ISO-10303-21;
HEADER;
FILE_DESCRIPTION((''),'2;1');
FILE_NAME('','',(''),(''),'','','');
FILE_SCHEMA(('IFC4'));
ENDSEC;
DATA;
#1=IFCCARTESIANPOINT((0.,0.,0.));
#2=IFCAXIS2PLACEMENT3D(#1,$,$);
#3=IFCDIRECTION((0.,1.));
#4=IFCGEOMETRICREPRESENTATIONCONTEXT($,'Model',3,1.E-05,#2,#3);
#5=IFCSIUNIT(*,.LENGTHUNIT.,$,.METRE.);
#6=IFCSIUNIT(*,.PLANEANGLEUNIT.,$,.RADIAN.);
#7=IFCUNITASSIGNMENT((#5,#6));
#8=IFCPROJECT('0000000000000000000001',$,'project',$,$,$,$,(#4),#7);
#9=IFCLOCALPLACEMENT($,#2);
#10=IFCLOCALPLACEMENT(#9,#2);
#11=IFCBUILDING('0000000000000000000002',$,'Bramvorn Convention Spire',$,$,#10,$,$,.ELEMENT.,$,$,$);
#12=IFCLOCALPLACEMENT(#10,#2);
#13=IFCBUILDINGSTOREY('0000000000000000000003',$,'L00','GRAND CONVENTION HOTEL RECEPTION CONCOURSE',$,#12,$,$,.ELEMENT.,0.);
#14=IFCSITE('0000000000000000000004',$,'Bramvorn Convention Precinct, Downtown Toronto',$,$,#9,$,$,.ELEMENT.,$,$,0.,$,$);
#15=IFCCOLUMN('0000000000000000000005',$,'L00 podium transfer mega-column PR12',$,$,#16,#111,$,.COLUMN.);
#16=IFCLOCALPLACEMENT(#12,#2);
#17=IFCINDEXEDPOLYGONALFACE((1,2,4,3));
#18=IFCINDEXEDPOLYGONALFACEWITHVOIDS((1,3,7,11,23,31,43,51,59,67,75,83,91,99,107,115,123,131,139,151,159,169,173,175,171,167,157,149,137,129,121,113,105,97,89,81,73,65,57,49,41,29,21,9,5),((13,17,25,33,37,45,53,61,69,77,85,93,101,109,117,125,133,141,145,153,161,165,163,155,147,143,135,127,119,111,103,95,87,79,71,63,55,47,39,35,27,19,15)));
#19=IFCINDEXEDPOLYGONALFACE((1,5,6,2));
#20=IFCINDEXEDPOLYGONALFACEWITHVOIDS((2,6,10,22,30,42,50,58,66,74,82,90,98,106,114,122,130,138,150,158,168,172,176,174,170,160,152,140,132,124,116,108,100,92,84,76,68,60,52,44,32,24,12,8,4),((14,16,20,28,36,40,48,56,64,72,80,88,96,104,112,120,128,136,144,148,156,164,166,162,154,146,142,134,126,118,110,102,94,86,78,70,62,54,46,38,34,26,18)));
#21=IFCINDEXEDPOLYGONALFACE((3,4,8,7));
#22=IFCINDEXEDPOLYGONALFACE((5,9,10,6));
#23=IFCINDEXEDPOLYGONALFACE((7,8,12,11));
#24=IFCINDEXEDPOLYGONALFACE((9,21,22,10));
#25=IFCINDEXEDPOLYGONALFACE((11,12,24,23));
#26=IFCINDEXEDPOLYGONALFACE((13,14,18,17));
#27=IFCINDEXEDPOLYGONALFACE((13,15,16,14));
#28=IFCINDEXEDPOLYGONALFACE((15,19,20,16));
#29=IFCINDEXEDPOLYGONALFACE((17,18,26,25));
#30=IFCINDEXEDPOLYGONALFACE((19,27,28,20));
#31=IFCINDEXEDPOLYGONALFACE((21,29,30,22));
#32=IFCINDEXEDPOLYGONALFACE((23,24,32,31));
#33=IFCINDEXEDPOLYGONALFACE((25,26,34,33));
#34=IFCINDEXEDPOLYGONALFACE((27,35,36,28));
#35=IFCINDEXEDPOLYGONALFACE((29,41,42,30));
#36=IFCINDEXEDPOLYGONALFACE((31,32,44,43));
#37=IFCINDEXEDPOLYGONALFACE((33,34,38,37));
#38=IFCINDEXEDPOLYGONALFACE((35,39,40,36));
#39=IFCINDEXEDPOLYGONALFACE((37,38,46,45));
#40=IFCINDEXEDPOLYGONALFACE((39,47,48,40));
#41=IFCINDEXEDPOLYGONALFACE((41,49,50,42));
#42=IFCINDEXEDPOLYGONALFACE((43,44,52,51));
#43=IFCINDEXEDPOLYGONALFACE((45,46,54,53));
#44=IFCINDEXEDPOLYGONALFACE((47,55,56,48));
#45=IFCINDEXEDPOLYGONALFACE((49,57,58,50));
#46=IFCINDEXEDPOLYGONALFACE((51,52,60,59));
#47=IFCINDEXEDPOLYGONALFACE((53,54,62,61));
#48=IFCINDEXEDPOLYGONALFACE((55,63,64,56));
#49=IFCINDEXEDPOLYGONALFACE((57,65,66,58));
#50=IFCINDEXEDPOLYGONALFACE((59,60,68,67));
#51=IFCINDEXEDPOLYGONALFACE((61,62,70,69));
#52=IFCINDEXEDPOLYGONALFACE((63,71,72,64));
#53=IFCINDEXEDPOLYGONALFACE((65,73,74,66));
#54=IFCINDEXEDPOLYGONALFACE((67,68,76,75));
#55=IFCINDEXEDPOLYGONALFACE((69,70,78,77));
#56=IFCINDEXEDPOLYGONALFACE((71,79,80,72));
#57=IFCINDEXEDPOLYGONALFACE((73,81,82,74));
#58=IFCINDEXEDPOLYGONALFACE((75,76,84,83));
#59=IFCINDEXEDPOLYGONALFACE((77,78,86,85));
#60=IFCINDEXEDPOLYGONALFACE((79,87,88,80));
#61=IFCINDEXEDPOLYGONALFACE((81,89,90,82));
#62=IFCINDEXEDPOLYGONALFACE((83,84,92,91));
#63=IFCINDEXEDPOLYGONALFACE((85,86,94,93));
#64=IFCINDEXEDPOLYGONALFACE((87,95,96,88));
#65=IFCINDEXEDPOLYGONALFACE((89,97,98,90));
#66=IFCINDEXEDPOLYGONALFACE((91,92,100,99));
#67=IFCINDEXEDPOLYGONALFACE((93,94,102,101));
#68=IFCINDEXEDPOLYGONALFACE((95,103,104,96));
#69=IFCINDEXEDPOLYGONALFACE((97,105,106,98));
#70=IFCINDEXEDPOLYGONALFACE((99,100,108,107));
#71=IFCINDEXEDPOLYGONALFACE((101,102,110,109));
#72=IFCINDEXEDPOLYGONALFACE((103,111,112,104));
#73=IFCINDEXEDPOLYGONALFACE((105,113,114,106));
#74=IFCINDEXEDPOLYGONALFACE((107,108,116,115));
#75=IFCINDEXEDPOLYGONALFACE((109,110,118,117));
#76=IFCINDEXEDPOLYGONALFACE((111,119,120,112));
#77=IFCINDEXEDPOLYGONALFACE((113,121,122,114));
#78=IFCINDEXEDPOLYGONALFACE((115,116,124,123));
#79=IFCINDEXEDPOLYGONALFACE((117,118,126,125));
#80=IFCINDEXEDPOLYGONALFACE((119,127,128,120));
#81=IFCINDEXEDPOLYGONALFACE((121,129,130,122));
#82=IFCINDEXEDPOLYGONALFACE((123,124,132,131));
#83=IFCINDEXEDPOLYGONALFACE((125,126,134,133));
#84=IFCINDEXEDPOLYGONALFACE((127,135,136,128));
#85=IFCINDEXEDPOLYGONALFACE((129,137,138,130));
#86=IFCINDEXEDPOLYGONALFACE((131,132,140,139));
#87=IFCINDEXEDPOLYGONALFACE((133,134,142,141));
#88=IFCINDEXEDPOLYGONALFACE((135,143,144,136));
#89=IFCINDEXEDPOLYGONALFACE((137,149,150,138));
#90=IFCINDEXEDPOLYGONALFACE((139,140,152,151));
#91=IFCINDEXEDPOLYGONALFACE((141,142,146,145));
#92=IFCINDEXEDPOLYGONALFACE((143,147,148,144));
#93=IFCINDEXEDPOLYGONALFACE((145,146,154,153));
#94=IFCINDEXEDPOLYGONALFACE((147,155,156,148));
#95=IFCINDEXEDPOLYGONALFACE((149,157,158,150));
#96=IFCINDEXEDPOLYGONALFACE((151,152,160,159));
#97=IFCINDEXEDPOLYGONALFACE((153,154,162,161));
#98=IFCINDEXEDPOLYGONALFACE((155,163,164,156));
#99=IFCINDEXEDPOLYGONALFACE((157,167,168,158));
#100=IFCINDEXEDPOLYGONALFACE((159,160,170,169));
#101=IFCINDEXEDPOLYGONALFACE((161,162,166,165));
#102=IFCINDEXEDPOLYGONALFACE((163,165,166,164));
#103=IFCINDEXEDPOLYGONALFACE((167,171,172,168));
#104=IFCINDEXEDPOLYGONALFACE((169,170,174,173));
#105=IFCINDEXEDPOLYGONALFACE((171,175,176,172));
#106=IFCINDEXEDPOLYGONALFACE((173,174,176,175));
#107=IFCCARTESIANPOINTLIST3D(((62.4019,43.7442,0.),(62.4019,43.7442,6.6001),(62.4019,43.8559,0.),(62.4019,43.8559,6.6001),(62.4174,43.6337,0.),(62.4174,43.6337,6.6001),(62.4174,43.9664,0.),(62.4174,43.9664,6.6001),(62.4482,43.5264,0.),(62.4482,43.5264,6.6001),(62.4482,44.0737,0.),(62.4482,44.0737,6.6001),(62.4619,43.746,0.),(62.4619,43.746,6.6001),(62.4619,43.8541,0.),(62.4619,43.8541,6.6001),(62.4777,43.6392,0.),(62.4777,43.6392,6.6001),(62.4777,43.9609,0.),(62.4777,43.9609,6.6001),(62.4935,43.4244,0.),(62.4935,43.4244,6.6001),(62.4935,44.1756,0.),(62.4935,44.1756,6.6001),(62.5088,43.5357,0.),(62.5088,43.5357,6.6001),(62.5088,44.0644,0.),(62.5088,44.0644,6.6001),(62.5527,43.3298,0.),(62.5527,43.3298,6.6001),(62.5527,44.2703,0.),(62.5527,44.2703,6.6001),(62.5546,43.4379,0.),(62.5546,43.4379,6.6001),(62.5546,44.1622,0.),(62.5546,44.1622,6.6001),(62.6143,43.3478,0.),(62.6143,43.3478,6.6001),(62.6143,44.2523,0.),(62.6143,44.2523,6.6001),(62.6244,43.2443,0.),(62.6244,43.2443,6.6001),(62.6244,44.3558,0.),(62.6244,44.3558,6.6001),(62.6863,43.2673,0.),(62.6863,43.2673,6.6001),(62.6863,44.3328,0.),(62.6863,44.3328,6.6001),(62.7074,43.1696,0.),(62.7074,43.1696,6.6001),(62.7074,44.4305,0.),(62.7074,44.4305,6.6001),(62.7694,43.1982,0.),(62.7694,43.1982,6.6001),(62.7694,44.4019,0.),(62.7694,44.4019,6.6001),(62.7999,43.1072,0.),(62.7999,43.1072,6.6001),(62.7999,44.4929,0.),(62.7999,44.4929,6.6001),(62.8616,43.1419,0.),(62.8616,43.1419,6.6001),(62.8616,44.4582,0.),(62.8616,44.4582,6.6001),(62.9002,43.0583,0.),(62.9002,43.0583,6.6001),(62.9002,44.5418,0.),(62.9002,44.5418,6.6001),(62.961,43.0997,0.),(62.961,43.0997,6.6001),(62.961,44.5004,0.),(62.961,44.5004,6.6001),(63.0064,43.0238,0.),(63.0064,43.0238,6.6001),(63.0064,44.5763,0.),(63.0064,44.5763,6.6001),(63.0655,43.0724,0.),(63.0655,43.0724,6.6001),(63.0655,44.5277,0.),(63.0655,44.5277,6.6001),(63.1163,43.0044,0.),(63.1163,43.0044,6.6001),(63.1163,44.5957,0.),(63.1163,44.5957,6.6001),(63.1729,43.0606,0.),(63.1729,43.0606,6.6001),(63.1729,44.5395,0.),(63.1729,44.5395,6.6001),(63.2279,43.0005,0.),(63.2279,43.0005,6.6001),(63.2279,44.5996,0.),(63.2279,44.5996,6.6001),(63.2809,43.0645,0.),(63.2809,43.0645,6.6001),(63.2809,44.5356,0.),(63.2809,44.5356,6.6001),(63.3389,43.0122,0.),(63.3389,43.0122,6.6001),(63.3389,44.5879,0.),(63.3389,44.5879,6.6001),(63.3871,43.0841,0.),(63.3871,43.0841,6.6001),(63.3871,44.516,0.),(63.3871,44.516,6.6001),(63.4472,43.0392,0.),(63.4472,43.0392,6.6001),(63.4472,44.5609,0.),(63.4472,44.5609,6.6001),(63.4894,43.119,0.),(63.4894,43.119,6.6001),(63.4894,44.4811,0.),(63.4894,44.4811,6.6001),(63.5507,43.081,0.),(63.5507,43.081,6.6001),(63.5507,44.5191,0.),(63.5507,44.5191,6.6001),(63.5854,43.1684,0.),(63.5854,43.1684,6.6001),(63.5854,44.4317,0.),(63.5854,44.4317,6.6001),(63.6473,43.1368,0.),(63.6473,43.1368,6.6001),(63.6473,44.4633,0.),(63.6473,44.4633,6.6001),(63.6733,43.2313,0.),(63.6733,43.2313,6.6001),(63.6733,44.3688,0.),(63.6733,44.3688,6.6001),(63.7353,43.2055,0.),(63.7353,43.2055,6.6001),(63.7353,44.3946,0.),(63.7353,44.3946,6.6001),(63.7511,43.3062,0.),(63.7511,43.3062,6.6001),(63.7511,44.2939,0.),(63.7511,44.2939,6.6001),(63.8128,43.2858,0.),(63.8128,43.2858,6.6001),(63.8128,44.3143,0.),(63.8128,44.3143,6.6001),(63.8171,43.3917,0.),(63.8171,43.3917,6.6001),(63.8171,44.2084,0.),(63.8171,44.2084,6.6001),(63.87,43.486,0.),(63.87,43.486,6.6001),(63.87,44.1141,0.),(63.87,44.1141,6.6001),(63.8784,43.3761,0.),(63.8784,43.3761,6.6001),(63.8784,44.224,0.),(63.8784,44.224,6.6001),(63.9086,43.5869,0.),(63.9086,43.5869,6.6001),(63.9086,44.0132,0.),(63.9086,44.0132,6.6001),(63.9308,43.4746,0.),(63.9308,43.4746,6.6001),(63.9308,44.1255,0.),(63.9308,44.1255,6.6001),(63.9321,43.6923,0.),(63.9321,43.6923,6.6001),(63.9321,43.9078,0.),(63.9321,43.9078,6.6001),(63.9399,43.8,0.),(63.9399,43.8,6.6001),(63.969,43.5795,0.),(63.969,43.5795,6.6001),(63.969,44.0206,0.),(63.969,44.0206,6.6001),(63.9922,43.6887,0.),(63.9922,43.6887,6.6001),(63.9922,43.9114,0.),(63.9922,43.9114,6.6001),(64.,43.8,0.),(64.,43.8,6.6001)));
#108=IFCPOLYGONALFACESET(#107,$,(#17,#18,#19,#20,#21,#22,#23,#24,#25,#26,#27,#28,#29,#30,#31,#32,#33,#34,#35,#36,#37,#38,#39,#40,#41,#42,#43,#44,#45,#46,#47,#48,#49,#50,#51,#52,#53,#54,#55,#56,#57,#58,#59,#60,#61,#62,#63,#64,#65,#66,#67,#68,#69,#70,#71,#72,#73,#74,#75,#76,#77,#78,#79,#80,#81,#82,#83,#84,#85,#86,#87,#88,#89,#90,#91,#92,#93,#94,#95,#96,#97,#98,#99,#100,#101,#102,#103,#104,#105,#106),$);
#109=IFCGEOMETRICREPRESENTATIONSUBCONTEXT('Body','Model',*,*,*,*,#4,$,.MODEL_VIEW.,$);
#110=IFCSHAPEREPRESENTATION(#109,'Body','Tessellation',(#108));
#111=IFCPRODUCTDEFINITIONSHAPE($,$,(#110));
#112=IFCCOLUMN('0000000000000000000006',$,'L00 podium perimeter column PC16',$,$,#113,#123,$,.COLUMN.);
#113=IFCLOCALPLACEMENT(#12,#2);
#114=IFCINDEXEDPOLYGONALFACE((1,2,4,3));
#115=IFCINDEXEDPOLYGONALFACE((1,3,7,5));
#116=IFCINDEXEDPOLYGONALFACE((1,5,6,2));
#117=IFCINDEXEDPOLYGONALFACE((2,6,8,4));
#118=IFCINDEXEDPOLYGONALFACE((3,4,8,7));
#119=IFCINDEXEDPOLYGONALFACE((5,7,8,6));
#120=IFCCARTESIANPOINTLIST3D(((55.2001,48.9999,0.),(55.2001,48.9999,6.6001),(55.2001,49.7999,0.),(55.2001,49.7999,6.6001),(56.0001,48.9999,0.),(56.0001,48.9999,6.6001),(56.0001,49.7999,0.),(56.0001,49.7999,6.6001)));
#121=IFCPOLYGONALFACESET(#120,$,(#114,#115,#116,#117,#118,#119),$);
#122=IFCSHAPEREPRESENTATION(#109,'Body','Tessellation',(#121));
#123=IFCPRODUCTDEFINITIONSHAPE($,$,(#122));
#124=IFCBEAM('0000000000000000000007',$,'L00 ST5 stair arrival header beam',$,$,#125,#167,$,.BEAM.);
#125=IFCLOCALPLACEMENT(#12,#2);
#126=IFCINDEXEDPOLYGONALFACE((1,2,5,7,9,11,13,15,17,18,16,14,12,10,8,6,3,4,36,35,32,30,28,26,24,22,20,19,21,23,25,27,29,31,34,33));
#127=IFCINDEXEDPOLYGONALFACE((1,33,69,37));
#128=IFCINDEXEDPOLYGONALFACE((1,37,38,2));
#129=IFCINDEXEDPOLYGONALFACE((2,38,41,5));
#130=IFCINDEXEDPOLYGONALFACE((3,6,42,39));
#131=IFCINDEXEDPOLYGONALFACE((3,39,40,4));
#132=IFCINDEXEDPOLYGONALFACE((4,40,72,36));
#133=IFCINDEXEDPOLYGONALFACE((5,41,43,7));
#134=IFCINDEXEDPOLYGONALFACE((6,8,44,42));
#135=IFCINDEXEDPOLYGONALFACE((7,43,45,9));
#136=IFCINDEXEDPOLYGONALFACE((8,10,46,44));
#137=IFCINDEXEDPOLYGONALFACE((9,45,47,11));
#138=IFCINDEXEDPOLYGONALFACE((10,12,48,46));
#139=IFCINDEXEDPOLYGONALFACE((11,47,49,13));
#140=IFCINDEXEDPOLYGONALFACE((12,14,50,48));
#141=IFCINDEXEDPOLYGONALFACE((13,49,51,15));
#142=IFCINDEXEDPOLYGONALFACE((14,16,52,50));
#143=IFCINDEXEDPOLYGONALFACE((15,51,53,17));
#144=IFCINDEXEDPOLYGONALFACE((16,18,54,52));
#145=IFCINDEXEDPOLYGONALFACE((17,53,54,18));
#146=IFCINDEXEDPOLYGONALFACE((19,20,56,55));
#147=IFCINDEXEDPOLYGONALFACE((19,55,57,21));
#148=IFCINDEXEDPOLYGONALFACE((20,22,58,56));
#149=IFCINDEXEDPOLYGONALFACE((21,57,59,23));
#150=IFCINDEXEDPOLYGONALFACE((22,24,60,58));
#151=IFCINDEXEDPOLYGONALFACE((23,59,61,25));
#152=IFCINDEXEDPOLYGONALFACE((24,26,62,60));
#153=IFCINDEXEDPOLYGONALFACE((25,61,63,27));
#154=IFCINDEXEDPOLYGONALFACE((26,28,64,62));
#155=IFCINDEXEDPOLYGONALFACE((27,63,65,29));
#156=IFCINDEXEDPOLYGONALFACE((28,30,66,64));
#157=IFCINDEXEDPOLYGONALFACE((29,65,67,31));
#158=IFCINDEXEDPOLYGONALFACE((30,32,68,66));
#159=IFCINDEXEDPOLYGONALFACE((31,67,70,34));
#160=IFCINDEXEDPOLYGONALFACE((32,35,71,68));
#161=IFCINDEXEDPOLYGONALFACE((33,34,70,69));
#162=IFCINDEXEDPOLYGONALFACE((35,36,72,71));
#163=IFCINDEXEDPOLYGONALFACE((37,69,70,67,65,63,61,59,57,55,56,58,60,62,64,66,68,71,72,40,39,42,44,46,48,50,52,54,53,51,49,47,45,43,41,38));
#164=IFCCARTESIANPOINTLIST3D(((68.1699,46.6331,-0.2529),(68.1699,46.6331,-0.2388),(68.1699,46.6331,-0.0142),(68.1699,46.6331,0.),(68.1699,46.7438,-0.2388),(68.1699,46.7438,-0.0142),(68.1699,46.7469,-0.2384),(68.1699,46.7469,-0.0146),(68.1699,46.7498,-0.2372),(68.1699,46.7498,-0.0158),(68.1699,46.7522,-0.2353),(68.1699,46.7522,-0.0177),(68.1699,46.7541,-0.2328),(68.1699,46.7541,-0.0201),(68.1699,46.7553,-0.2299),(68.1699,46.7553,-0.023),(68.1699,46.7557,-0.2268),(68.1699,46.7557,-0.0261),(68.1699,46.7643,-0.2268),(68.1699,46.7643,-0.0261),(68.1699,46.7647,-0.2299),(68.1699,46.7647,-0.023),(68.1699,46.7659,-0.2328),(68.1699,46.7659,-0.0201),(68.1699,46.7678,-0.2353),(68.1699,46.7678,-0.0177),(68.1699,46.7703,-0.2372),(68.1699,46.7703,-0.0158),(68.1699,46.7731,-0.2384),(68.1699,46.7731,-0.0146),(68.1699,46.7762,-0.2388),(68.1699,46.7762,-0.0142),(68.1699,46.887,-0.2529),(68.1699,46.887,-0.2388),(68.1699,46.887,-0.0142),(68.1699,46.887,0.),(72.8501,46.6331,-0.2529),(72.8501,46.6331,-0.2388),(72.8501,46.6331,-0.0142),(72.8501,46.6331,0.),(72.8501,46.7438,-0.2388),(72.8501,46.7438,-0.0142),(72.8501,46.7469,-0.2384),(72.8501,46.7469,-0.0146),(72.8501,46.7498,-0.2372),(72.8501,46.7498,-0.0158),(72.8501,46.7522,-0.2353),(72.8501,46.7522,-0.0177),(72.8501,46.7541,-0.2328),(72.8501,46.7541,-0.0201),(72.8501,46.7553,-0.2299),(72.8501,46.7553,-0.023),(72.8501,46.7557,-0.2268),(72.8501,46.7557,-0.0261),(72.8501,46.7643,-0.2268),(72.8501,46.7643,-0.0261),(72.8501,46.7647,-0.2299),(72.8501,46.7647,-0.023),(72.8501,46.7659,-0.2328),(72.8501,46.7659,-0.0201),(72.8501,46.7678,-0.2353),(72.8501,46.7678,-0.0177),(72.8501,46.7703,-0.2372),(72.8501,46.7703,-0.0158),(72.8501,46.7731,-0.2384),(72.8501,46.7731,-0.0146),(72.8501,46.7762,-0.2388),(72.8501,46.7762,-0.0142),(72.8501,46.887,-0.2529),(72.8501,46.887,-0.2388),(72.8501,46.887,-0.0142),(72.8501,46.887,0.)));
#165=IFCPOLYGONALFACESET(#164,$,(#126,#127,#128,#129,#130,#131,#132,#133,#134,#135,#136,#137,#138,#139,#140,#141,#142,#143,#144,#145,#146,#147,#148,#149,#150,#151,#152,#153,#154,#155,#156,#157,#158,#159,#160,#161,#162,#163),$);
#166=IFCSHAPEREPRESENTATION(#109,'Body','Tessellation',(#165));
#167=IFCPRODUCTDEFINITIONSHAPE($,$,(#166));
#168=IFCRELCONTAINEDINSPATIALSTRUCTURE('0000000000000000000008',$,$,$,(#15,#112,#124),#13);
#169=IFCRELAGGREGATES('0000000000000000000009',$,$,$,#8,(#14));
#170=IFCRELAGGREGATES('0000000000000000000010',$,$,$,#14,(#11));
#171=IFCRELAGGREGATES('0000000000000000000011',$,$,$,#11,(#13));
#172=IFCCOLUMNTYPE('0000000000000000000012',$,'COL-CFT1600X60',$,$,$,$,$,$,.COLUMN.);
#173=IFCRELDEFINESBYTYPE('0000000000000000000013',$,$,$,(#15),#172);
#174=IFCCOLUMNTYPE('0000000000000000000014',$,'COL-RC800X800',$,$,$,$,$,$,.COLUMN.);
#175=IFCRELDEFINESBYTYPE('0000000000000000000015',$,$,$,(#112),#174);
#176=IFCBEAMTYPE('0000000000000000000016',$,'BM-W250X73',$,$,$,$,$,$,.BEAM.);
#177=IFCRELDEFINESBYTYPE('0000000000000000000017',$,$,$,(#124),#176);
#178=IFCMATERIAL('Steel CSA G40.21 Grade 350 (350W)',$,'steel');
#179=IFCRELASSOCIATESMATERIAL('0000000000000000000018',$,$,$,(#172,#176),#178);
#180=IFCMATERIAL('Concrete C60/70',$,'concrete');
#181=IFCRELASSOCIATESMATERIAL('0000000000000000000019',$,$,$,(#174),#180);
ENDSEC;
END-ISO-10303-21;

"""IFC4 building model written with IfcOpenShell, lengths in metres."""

from ifc_helpers import new_model, si_unit, direction, frame, origin, origin_2d, place, context, subcontext, project, spatial, rectangle, hollow_circle, i_section, extrude, material, material_profile, profile_set, type_object, element, save


model = new_model("IFC4")

# Units and contexts
model_context = context("Model", 3, precision=1e-05, world=origin(), true_north=direction((0.0, 1.0)))
body_context = subcontext(model_context, "Body", "Model", "MODEL_VIEW")
ifc_project = project(units=[si_unit("LENGTHUNIT", "METRE"), si_unit("PLANEANGLEUNIT", "RADIAN")], contexts=[model_context])

# Site, building, storey
site_placement = place(None, origin())
site = spatial("IfcSite", under=ifc_project, at=site_placement, Name="Bramvorn Convention Precinct, Downtown Toronto", CompositionType="ELEMENT", RefElevation=0.0)
building_placement = place(site_placement, origin())
building = spatial("IfcBuilding", under=site, at=building_placement, Name="Bramvorn Convention Spire", CompositionType="ELEMENT")
storey_placement = place(building_placement, origin())
storey = spatial("IfcBuildingStorey", under=building, at=storey_placement, Name="L00", Description="GRAND CONVENTION HOTEL RECEPTION CONCOURSE", CompositionType="ELEMENT", Elevation=0.0)

# Columns
ifc_material_1 = material(Name="Steel CSA G40.21 Grade 350 (350W)", Category="steel")
ifc_material_profile_1 = material_profile(ifc_material_1, hollow_circle(Radius=0.8, WallThickness=0.0601, at=origin_2d()))
ifc_profile_set_1 = profile_set([ifc_material_profile_1], Name="Steel CSA G40.21 Grade 350 (350W) - CFT1600X60")
column_type_1 = type_object("IfcColumnType", Name="COL-CFT1600X60", PredefinedType="COLUMN", material=ifc_profile_set_1)
for number, where, z_axis, x_axis, name in (
    (1, (63.2, 43.8, 0.0), (0.0, 0.0, 1.0), (1.0, 0.0, 0.0), "L00 podium transfer mega-column PR12"),
):
    element("IfcColumn", number, at=place(storey_placement, frame(where, z_axis=z_axis, x_axis=x_axis)), inside=storey, type_object=column_type_1, Name=name, PredefinedType="COLUMN", context=body_context, shape_type="SweptSolid", body=[
        extrude(hollow_circle(Radius=0.8, WallThickness=0.0601, at=origin_2d()), origin(), (0.0, 0.0, 1.0), 6.6001),
    ])
ifc_material_2 = material(Name="Concrete C60/70", Category="concrete")
ifc_material_profile_2 = material_profile(ifc_material_2, rectangle(XDim=0.8, YDim=0.8, at=origin_2d()))
ifc_profile_set_2 = profile_set([ifc_material_profile_2], Name="Concrete C60/70 - RC800X800")
column_type_2 = type_object("IfcColumnType", Name="COL-RC800X800", PredefinedType="COLUMN", material=ifc_profile_set_2)
column_placement = place(storey_placement, frame((55.6001, 49.3999, 0.0), z_axis=(0.0, 0.0, 1.0), x_axis=(1.0, 0.0, 0.0)))
element("IfcColumn", 2, at=column_placement, inside=storey, type_object=column_type_2, Name="L00 podium perimeter column PC16", PredefinedType="COLUMN", context=body_context, shape_type="SweptSolid", body=[
    extrude(rectangle(XDim=0.8, YDim=0.8, at=origin_2d()), origin(), (0.0, 0.0, 1.0), 6.6001),
])

# Beam
ifc_material_profile_3 = material_profile(ifc_material_1, i_section(OverallWidth=0.2539, OverallDepth=0.2529, WebThickness=0.0085, FlangeThickness=0.0142, FilletRadius=0.012, at=origin_2d()))
ifc_profile_set_3 = profile_set([ifc_material_profile_3], Name="Steel CSA G40.21 Grade 350 (350W) - W250X73")
beam_type_1 = type_object("IfcBeamType", Name="BM-W250X73", PredefinedType="BEAM", material=ifc_profile_set_3)
beam_1_placement = place(storey_placement, frame((68.1699, 46.76, -0.1265), z_axis=(1.0, 0.0, 0.0), x_axis=(0.0, 1.0, 0.0)))
element("IfcBeam", 3, at=beam_1_placement, inside=storey, type_object=beam_type_1, Name="L00 ST5 stair arrival header beam", PredefinedType="BEAM", context=body_context, shape_type="SweptSolid", body=[
    extrude(i_section(OverallWidth=0.2539, OverallDepth=0.2529, WebThickness=0.0085, FlangeThickness=0.0142, FilletRadius=0.012, at=origin_2d()), origin(), (0.0, 0.0, 1.0), 4.6802),
])

save(model, "model.ifc")
